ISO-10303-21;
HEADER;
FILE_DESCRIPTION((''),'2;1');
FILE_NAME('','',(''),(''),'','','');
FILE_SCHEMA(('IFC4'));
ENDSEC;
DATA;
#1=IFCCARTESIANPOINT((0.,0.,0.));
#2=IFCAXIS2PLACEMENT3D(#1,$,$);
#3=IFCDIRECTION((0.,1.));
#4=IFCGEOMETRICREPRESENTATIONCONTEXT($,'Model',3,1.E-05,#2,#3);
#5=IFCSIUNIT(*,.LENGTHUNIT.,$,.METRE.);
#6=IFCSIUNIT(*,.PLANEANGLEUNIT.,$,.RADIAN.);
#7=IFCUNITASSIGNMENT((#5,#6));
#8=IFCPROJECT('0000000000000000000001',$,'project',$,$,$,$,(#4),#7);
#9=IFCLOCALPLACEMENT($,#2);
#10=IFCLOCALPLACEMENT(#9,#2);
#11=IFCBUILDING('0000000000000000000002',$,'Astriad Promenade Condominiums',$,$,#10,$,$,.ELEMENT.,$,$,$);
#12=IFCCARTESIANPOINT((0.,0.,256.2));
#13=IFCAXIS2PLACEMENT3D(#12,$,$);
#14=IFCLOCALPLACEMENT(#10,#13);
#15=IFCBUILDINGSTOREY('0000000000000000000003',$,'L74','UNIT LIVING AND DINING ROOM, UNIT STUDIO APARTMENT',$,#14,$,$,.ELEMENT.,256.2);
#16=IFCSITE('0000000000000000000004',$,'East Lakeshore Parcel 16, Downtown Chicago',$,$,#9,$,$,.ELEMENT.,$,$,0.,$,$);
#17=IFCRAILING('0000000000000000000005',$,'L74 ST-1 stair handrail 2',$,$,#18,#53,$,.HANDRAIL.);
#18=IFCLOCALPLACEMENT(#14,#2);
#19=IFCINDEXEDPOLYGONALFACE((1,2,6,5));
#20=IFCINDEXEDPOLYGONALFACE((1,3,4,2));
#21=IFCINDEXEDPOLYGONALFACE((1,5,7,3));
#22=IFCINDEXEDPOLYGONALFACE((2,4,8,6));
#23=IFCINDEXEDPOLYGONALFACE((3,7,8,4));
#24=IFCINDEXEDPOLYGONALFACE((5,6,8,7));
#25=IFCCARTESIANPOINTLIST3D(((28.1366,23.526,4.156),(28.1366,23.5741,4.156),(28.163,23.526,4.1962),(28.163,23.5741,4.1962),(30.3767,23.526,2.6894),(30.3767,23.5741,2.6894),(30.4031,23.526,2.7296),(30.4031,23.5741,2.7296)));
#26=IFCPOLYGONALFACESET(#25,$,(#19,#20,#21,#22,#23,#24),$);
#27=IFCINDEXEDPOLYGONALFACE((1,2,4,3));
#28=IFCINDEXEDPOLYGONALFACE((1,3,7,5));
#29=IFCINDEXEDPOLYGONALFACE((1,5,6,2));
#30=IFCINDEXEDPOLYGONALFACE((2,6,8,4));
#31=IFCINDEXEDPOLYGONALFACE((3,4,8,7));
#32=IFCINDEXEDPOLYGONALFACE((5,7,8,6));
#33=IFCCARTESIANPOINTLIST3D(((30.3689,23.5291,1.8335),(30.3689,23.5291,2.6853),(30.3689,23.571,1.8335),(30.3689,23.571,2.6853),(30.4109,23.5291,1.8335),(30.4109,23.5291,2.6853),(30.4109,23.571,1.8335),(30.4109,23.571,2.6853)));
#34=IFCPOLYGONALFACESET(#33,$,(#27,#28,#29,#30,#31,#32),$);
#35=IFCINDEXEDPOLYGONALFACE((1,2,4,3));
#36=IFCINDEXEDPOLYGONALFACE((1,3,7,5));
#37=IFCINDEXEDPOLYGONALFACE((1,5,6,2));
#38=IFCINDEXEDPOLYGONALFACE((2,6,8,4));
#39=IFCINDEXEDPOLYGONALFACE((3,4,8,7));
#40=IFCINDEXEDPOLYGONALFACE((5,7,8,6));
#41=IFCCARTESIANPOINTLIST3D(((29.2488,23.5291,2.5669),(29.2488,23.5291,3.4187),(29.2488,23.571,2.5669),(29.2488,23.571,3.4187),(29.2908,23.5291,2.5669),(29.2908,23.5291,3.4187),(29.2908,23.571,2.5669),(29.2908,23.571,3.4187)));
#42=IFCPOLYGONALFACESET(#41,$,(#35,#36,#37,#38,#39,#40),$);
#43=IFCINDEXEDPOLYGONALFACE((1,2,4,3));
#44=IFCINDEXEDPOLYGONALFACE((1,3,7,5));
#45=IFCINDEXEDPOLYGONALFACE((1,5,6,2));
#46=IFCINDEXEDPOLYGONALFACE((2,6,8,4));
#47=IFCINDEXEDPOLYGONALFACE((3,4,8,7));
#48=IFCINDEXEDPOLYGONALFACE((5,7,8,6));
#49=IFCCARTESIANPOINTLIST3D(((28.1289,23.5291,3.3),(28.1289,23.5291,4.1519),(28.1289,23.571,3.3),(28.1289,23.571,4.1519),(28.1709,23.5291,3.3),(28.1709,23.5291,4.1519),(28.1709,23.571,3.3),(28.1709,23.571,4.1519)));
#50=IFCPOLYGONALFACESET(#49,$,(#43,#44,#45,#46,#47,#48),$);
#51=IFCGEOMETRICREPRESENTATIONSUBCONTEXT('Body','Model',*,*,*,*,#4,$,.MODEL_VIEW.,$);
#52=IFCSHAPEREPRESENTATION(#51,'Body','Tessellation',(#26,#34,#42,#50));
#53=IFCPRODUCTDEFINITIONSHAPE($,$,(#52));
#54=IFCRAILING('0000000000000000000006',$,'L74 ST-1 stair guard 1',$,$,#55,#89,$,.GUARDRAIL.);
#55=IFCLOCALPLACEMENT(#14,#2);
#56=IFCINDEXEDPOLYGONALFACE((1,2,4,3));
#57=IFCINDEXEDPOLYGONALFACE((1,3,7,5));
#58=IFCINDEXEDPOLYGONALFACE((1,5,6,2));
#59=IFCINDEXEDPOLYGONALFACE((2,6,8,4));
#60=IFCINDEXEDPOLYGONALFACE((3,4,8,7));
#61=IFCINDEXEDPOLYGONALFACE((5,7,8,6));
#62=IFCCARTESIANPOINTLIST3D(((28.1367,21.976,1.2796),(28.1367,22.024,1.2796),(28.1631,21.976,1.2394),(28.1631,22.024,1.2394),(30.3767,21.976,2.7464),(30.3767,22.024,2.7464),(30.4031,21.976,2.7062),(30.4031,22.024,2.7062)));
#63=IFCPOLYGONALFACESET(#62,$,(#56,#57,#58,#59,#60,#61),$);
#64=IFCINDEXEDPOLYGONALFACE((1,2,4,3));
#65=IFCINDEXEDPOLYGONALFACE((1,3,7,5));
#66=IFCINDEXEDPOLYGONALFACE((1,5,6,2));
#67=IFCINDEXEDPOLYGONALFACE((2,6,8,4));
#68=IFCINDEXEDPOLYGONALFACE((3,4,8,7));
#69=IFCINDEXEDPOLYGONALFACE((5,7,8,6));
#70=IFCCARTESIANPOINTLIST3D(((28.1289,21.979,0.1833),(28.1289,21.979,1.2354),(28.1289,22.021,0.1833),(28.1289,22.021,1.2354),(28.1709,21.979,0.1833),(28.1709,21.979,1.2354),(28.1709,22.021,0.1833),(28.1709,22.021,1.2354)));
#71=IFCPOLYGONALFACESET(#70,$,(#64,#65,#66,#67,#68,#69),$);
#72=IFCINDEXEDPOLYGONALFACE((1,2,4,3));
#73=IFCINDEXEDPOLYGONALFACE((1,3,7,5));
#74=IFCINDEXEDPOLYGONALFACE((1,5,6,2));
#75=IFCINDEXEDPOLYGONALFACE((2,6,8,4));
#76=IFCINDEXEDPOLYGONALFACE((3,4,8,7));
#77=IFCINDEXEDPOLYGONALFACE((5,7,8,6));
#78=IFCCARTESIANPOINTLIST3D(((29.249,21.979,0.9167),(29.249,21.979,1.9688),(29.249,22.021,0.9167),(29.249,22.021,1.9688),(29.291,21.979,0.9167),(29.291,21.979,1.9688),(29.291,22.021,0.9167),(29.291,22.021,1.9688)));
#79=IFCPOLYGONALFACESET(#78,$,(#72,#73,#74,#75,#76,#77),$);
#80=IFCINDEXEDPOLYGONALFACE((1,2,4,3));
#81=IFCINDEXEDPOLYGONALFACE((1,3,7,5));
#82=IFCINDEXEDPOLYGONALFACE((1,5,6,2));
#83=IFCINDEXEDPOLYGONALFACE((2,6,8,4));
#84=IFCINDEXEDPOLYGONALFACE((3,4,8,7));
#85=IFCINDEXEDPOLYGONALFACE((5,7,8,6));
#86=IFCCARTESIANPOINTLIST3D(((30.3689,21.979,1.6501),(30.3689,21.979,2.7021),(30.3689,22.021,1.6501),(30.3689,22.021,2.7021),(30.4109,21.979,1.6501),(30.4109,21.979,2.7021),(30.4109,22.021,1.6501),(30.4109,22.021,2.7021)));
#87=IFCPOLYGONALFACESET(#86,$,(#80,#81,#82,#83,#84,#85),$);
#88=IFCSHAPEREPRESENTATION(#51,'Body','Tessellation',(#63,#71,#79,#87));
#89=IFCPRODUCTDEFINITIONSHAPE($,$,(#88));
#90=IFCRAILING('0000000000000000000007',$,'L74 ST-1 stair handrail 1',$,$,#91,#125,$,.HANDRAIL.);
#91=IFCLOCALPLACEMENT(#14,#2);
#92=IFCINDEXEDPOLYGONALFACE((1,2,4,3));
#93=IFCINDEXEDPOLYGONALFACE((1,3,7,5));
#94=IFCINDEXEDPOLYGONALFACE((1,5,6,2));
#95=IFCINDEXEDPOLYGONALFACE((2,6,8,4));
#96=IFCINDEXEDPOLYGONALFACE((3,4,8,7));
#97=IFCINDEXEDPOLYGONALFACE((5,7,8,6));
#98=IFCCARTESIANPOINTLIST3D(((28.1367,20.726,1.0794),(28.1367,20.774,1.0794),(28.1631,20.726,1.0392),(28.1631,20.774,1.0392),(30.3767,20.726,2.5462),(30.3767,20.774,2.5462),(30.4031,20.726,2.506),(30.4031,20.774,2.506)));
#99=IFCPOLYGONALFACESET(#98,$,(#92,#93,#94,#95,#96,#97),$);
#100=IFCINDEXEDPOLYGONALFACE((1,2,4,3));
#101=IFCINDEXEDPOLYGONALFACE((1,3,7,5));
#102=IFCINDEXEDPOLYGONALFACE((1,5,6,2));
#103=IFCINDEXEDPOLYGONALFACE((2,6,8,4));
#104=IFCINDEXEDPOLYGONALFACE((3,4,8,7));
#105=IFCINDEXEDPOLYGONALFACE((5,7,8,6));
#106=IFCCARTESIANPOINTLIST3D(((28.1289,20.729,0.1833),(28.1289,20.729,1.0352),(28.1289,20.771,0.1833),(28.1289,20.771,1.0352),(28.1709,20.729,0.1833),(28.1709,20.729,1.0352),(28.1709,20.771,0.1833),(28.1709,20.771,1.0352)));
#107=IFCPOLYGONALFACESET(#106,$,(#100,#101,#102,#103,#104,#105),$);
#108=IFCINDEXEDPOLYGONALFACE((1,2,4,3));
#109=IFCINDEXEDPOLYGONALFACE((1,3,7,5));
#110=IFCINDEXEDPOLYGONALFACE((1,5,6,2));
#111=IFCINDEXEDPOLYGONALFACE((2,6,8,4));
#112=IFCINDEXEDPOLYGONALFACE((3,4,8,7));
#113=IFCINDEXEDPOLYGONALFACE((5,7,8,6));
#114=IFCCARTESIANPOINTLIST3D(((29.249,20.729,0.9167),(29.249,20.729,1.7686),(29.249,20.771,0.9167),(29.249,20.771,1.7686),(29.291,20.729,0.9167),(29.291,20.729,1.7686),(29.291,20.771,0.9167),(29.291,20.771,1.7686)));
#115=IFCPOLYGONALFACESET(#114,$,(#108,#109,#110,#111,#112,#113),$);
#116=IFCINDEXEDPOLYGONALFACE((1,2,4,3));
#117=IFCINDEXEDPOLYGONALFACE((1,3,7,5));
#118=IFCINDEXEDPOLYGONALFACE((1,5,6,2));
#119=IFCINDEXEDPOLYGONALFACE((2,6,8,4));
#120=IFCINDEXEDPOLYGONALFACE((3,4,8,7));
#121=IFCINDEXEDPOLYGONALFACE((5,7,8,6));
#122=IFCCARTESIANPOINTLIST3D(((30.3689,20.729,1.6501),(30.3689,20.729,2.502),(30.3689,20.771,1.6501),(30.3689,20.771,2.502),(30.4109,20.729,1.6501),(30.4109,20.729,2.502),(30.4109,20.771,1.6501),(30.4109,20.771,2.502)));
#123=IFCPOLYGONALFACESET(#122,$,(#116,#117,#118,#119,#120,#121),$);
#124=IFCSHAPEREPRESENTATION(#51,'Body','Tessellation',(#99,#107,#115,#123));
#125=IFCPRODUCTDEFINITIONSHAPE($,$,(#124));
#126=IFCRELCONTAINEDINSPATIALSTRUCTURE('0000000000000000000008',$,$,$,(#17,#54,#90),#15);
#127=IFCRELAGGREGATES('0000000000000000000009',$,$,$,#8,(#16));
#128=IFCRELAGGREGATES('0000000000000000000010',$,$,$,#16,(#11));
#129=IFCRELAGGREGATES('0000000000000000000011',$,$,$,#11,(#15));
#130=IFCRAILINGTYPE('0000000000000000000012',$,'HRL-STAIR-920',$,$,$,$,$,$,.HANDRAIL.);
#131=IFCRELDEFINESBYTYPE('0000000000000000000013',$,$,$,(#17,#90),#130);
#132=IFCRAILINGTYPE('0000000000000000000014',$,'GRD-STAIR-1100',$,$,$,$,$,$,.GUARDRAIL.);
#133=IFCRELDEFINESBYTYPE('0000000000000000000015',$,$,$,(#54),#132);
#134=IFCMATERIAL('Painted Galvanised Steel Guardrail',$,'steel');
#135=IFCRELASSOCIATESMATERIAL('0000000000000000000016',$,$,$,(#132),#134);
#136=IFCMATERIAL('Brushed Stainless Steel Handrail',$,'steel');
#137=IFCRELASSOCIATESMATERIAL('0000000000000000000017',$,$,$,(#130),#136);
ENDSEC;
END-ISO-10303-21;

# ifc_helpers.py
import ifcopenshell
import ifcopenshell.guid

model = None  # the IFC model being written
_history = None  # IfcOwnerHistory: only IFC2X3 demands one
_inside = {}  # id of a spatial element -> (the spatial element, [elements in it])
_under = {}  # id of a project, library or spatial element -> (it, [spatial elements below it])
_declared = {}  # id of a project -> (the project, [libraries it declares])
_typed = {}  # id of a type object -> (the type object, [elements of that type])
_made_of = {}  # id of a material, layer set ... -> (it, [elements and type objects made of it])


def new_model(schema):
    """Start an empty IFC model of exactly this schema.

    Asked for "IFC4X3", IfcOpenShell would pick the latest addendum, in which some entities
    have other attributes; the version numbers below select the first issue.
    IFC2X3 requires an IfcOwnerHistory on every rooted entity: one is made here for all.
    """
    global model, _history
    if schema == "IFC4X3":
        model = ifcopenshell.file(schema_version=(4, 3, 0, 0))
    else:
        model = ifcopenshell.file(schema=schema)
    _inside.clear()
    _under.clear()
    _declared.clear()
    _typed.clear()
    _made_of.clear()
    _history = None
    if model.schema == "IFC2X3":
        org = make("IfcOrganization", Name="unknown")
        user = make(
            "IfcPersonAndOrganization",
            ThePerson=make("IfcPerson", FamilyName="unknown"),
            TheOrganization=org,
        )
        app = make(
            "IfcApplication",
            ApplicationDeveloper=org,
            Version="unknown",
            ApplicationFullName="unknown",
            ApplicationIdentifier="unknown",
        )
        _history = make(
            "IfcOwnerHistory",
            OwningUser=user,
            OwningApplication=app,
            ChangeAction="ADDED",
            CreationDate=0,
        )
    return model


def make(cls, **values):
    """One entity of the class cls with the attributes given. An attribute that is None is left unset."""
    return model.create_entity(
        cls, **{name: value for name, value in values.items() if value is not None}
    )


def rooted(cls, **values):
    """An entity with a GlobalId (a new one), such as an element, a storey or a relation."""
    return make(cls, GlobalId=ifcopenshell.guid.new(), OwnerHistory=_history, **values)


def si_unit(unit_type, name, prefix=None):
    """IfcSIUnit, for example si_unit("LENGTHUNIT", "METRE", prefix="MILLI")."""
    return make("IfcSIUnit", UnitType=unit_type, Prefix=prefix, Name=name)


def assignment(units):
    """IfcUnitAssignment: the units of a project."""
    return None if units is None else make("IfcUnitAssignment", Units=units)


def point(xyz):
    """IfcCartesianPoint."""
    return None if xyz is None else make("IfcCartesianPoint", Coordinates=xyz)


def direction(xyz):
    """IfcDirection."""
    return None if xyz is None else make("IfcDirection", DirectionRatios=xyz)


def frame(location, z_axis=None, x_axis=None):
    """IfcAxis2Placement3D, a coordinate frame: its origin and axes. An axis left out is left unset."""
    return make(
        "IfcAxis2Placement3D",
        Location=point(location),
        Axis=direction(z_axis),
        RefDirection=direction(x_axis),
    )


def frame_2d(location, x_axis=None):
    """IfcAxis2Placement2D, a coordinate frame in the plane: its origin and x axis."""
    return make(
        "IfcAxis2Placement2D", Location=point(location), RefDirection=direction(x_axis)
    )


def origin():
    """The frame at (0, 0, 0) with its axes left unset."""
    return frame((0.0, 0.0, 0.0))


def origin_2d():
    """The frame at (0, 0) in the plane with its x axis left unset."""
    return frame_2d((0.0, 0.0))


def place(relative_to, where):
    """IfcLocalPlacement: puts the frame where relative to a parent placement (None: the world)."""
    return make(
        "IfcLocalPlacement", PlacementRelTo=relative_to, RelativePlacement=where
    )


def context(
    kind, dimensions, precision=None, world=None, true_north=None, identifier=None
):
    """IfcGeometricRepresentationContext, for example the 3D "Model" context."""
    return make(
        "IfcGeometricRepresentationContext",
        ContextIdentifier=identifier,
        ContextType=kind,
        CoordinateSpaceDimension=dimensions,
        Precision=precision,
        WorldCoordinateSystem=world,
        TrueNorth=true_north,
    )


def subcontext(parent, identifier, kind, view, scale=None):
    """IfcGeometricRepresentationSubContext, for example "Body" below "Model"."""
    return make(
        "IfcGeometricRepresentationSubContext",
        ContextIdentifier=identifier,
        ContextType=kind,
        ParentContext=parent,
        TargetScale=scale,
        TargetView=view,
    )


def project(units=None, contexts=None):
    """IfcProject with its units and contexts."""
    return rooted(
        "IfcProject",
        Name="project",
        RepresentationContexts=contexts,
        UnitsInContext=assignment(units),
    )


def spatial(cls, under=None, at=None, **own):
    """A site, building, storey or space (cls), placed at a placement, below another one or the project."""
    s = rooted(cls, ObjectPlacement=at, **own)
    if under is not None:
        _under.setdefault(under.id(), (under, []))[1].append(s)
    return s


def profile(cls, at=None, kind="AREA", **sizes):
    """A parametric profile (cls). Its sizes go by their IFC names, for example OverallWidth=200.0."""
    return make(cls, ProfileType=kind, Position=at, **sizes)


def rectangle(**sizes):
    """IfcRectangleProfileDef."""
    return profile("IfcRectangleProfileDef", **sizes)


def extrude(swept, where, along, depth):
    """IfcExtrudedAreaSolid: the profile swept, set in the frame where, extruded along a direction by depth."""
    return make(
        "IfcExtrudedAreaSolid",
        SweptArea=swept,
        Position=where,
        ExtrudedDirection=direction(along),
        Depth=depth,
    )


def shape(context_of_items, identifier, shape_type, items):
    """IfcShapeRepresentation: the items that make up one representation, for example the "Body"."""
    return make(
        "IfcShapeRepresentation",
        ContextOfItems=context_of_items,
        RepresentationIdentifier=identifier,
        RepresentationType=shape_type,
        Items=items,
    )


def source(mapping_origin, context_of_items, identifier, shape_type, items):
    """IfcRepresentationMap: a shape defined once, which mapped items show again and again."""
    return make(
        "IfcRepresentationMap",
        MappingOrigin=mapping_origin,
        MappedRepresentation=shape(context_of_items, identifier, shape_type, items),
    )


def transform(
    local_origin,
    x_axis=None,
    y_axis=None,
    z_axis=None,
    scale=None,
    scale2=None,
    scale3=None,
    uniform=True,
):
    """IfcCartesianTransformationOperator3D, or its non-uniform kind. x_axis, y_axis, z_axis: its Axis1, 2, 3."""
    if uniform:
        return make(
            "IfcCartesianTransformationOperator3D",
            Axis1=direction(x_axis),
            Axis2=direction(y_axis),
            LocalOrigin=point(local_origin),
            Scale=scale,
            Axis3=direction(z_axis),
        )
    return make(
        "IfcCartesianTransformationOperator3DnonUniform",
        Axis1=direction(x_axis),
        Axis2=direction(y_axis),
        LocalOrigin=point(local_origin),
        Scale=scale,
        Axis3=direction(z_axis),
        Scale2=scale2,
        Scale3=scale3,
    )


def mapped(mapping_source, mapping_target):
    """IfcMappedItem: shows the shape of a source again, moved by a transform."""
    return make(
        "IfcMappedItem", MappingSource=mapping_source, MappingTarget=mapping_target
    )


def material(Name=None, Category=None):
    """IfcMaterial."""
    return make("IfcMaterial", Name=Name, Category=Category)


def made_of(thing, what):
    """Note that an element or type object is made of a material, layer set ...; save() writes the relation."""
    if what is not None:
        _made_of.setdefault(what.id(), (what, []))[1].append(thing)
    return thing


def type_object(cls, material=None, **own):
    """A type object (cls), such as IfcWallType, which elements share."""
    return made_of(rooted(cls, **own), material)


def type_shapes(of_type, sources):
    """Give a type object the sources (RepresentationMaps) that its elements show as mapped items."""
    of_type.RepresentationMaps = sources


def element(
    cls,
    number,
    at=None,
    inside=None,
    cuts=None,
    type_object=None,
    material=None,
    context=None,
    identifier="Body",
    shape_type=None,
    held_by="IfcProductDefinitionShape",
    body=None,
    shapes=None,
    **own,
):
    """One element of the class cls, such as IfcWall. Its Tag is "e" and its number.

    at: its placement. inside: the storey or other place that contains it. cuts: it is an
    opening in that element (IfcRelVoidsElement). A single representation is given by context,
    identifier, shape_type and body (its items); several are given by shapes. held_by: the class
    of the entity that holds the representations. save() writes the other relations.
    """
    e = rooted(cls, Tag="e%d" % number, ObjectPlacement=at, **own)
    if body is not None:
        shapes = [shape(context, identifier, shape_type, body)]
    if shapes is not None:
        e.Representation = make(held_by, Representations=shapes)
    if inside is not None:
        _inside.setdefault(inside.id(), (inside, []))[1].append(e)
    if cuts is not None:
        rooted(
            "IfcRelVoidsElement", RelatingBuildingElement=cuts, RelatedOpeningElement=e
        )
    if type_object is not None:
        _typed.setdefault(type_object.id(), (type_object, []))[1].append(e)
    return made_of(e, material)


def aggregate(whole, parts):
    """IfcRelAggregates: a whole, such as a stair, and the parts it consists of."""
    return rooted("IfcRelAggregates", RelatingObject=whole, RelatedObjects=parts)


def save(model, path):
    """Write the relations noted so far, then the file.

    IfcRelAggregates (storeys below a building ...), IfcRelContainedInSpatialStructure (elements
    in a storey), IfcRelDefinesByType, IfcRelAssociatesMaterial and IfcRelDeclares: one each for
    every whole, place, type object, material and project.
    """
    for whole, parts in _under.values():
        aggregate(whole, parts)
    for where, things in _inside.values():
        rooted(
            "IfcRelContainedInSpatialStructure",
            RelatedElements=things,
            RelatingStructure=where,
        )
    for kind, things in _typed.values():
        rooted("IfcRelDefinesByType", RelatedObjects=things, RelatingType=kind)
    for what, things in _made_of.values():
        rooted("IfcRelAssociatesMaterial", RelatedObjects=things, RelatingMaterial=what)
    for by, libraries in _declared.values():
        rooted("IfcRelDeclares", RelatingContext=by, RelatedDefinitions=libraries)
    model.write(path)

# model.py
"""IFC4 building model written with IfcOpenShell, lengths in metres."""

from ifc_helpers import new_model, si_unit, direction, frame, origin, origin_2d, place, context, subcontext, project, spatial, rectangle, extrude, source, transform, mapped, material, type_object, type_shapes, element, save


model = new_model("IFC4")

# Units and contexts
model_context = context("Model", 3, precision=1e-05, world=origin(), true_north=direction((0.0, 1.0)))
body_context = subcontext(model_context, "Body", "Model", "MODEL_VIEW")
ifc_project = project(units=[si_unit("LENGTHUNIT", "METRE"), si_unit("PLANEANGLEUNIT", "RADIAN")], contexts=[model_context])

# Site, building, storey
site_placement = place(None, origin())
site = spatial("IfcSite", under=ifc_project, at=site_placement, Name="East Lakeshore Parcel 16, Downtown Chicago", CompositionType="ELEMENT", RefElevation=0.0)
building_placement = place(site_placement, origin())
building = spatial("IfcBuilding", under=site, at=building_placement, Name="Astriad Promenade Condominiums", CompositionType="ELEMENT")
storey_placement = place(building_placement, frame((0.0, 0.0, 256.2)))
storey = spatial("IfcBuildingStorey", under=building, at=storey_placement, Name="L74", Description="UNIT LIVING AND DINING ROOM, UNIT STUDIO APARTMENT", CompositionType="ELEMENT", Elevation=256.2)

# Railings
ifc_material_1 = material(Name="Painted Galvanised Steel Guardrail", Category="steel")
railing_type_1 = type_object("IfcRailingType", Name="GRD-STAIR-1100", PredefinedType="GUARDRAIL", material=ifc_material_1)
ifc_material_2 = material(Name="Brushed Stainless Steel Handrail", Category="steel")
railing_type_2 = type_object("IfcRailingType", Name="HRL-STAIR-920", PredefinedType="HANDRAIL", material=ifc_material_2)
shared_shape_1 = source(origin(), body_context, "Body", "SweptSolid", [
    extrude(rectangle(XDim=0.0481, YDim=0.0481, at=origin_2d()), frame((0.0, 0.0, 0.876), z_axis=(-0.836637, 0.0, 0.547758), x_axis=(0.0, -1.0, 0.0)), (0.0, 0.0, 1.0), 2.6775),
    extrude(rectangle(XDim=0.042, YDim=0.042, at=origin_2d()), origin(), (0.0, 0.0, 1.0), 0.8518),
    extrude(rectangle(XDim=0.042, YDim=0.042, at=origin_2d()), frame((-1.1201, 0.0, 0.7334)), (0.0, 0.0, 1.0), 0.8518),
    extrude(rectangle(XDim=0.042, YDim=0.042, at=origin_2d()), frame((-2.24, 0.0, 1.4666)), (0.0, 0.0, 1.0), 0.8518),
])
railing_1_placement = place(storey_placement, frame((30.3899, 23.55, 1.8335)))
element("IfcRailing", 1, at=railing_1_placement, inside=storey, type_object=railing_type_2, Name="L74 ST-1 stair handrail 2", PredefinedType="HANDRAIL", context=body_context, shape_type="MappedRepresentation", body=[
    mapped(shared_shape_1, transform((0.0, 0.0, 0.0), scale=1.0)),
])
shared_shape_2 = source(origin(), body_context, "Body", "SweptSolid", [
    extrude(rectangle(XDim=0.0481, YDim=0.0481, at=origin_2d()), frame((0.0, 0.0, 1.0762), z_axis=(0.836595, 0.0, 0.547822), x_axis=(0.0, 1.0, 0.0)), (0.0, 0.0, 1.0), 2.6775),
    extrude(rectangle(XDim=0.042, YDim=0.042, at=origin_2d()), origin(), (0.0, 0.0, 1.0), 1.052),
    extrude(rectangle(XDim=0.042, YDim=0.042, at=origin_2d()), frame((1.1201, 0.0, 0.7334)), (0.0, 0.0, 1.0), 1.052),
    extrude(rectangle(XDim=0.042, YDim=0.042, at=origin_2d()), frame((2.24, 0.0, 1.4668)), (0.0, 0.0, 1.0), 1.052),
])
railing_2_placement = place(storey_placement, frame((28.1499, 22.0, 0.1833)))
element("IfcRailing", 2, at=railing_2_placement, inside=storey, type_object=railing_type_1, Name="L74 ST-1 stair guard 1", PredefinedType="GUARDRAIL", context=body_context, shape_type="MappedRepresentation", body=[
    mapped(shared_shape_2, transform((0.0, 0.0, 0.0), scale=1.0)),
])
shared_shape_3 = source(origin(), body_context, "Body", "SweptSolid", [
    extrude(rectangle(XDim=0.0481, YDim=0.0481, at=origin_2d()), frame((0.0, 0.0, 0.876), z_axis=(0.836595, 0.0, 0.547822), x_axis=(0.0, 1.0, 0.0)), (0.0, 0.0, 1.0), 2.6775),
    extrude(rectangle(XDim=0.042, YDim=0.042, at=origin_2d()), origin(), (0.0, 0.0, 1.0), 0.8518),
    extrude(rectangle(XDim=0.042, YDim=0.042, at=origin_2d()), frame((1.1201, 0.0, 0.7334)), (0.0, 0.0, 1.0), 0.8518),
    extrude(rectangle(XDim=0.042, YDim=0.042, at=origin_2d()), frame((2.24, 0.0, 1.4668)), (0.0, 0.0, 1.0), 0.8518),
])
type_shapes(railing_type_2, [shared_shape_1, shared_shape_3])
railing_3_placement = place(storey_placement, frame((28.1499, 20.75, 0.1833)))
element("IfcRailing", 3, at=railing_3_placement, inside=storey, type_object=railing_type_2, Name="L74 ST-1 stair handrail 1", PredefinedType="HANDRAIL", context=body_context, shape_type="MappedRepresentation", body=[
    mapped(shared_shape_3, transform((0.0, 0.0, 0.0), scale=1.0)),
])

save(model, "model.ifc")
